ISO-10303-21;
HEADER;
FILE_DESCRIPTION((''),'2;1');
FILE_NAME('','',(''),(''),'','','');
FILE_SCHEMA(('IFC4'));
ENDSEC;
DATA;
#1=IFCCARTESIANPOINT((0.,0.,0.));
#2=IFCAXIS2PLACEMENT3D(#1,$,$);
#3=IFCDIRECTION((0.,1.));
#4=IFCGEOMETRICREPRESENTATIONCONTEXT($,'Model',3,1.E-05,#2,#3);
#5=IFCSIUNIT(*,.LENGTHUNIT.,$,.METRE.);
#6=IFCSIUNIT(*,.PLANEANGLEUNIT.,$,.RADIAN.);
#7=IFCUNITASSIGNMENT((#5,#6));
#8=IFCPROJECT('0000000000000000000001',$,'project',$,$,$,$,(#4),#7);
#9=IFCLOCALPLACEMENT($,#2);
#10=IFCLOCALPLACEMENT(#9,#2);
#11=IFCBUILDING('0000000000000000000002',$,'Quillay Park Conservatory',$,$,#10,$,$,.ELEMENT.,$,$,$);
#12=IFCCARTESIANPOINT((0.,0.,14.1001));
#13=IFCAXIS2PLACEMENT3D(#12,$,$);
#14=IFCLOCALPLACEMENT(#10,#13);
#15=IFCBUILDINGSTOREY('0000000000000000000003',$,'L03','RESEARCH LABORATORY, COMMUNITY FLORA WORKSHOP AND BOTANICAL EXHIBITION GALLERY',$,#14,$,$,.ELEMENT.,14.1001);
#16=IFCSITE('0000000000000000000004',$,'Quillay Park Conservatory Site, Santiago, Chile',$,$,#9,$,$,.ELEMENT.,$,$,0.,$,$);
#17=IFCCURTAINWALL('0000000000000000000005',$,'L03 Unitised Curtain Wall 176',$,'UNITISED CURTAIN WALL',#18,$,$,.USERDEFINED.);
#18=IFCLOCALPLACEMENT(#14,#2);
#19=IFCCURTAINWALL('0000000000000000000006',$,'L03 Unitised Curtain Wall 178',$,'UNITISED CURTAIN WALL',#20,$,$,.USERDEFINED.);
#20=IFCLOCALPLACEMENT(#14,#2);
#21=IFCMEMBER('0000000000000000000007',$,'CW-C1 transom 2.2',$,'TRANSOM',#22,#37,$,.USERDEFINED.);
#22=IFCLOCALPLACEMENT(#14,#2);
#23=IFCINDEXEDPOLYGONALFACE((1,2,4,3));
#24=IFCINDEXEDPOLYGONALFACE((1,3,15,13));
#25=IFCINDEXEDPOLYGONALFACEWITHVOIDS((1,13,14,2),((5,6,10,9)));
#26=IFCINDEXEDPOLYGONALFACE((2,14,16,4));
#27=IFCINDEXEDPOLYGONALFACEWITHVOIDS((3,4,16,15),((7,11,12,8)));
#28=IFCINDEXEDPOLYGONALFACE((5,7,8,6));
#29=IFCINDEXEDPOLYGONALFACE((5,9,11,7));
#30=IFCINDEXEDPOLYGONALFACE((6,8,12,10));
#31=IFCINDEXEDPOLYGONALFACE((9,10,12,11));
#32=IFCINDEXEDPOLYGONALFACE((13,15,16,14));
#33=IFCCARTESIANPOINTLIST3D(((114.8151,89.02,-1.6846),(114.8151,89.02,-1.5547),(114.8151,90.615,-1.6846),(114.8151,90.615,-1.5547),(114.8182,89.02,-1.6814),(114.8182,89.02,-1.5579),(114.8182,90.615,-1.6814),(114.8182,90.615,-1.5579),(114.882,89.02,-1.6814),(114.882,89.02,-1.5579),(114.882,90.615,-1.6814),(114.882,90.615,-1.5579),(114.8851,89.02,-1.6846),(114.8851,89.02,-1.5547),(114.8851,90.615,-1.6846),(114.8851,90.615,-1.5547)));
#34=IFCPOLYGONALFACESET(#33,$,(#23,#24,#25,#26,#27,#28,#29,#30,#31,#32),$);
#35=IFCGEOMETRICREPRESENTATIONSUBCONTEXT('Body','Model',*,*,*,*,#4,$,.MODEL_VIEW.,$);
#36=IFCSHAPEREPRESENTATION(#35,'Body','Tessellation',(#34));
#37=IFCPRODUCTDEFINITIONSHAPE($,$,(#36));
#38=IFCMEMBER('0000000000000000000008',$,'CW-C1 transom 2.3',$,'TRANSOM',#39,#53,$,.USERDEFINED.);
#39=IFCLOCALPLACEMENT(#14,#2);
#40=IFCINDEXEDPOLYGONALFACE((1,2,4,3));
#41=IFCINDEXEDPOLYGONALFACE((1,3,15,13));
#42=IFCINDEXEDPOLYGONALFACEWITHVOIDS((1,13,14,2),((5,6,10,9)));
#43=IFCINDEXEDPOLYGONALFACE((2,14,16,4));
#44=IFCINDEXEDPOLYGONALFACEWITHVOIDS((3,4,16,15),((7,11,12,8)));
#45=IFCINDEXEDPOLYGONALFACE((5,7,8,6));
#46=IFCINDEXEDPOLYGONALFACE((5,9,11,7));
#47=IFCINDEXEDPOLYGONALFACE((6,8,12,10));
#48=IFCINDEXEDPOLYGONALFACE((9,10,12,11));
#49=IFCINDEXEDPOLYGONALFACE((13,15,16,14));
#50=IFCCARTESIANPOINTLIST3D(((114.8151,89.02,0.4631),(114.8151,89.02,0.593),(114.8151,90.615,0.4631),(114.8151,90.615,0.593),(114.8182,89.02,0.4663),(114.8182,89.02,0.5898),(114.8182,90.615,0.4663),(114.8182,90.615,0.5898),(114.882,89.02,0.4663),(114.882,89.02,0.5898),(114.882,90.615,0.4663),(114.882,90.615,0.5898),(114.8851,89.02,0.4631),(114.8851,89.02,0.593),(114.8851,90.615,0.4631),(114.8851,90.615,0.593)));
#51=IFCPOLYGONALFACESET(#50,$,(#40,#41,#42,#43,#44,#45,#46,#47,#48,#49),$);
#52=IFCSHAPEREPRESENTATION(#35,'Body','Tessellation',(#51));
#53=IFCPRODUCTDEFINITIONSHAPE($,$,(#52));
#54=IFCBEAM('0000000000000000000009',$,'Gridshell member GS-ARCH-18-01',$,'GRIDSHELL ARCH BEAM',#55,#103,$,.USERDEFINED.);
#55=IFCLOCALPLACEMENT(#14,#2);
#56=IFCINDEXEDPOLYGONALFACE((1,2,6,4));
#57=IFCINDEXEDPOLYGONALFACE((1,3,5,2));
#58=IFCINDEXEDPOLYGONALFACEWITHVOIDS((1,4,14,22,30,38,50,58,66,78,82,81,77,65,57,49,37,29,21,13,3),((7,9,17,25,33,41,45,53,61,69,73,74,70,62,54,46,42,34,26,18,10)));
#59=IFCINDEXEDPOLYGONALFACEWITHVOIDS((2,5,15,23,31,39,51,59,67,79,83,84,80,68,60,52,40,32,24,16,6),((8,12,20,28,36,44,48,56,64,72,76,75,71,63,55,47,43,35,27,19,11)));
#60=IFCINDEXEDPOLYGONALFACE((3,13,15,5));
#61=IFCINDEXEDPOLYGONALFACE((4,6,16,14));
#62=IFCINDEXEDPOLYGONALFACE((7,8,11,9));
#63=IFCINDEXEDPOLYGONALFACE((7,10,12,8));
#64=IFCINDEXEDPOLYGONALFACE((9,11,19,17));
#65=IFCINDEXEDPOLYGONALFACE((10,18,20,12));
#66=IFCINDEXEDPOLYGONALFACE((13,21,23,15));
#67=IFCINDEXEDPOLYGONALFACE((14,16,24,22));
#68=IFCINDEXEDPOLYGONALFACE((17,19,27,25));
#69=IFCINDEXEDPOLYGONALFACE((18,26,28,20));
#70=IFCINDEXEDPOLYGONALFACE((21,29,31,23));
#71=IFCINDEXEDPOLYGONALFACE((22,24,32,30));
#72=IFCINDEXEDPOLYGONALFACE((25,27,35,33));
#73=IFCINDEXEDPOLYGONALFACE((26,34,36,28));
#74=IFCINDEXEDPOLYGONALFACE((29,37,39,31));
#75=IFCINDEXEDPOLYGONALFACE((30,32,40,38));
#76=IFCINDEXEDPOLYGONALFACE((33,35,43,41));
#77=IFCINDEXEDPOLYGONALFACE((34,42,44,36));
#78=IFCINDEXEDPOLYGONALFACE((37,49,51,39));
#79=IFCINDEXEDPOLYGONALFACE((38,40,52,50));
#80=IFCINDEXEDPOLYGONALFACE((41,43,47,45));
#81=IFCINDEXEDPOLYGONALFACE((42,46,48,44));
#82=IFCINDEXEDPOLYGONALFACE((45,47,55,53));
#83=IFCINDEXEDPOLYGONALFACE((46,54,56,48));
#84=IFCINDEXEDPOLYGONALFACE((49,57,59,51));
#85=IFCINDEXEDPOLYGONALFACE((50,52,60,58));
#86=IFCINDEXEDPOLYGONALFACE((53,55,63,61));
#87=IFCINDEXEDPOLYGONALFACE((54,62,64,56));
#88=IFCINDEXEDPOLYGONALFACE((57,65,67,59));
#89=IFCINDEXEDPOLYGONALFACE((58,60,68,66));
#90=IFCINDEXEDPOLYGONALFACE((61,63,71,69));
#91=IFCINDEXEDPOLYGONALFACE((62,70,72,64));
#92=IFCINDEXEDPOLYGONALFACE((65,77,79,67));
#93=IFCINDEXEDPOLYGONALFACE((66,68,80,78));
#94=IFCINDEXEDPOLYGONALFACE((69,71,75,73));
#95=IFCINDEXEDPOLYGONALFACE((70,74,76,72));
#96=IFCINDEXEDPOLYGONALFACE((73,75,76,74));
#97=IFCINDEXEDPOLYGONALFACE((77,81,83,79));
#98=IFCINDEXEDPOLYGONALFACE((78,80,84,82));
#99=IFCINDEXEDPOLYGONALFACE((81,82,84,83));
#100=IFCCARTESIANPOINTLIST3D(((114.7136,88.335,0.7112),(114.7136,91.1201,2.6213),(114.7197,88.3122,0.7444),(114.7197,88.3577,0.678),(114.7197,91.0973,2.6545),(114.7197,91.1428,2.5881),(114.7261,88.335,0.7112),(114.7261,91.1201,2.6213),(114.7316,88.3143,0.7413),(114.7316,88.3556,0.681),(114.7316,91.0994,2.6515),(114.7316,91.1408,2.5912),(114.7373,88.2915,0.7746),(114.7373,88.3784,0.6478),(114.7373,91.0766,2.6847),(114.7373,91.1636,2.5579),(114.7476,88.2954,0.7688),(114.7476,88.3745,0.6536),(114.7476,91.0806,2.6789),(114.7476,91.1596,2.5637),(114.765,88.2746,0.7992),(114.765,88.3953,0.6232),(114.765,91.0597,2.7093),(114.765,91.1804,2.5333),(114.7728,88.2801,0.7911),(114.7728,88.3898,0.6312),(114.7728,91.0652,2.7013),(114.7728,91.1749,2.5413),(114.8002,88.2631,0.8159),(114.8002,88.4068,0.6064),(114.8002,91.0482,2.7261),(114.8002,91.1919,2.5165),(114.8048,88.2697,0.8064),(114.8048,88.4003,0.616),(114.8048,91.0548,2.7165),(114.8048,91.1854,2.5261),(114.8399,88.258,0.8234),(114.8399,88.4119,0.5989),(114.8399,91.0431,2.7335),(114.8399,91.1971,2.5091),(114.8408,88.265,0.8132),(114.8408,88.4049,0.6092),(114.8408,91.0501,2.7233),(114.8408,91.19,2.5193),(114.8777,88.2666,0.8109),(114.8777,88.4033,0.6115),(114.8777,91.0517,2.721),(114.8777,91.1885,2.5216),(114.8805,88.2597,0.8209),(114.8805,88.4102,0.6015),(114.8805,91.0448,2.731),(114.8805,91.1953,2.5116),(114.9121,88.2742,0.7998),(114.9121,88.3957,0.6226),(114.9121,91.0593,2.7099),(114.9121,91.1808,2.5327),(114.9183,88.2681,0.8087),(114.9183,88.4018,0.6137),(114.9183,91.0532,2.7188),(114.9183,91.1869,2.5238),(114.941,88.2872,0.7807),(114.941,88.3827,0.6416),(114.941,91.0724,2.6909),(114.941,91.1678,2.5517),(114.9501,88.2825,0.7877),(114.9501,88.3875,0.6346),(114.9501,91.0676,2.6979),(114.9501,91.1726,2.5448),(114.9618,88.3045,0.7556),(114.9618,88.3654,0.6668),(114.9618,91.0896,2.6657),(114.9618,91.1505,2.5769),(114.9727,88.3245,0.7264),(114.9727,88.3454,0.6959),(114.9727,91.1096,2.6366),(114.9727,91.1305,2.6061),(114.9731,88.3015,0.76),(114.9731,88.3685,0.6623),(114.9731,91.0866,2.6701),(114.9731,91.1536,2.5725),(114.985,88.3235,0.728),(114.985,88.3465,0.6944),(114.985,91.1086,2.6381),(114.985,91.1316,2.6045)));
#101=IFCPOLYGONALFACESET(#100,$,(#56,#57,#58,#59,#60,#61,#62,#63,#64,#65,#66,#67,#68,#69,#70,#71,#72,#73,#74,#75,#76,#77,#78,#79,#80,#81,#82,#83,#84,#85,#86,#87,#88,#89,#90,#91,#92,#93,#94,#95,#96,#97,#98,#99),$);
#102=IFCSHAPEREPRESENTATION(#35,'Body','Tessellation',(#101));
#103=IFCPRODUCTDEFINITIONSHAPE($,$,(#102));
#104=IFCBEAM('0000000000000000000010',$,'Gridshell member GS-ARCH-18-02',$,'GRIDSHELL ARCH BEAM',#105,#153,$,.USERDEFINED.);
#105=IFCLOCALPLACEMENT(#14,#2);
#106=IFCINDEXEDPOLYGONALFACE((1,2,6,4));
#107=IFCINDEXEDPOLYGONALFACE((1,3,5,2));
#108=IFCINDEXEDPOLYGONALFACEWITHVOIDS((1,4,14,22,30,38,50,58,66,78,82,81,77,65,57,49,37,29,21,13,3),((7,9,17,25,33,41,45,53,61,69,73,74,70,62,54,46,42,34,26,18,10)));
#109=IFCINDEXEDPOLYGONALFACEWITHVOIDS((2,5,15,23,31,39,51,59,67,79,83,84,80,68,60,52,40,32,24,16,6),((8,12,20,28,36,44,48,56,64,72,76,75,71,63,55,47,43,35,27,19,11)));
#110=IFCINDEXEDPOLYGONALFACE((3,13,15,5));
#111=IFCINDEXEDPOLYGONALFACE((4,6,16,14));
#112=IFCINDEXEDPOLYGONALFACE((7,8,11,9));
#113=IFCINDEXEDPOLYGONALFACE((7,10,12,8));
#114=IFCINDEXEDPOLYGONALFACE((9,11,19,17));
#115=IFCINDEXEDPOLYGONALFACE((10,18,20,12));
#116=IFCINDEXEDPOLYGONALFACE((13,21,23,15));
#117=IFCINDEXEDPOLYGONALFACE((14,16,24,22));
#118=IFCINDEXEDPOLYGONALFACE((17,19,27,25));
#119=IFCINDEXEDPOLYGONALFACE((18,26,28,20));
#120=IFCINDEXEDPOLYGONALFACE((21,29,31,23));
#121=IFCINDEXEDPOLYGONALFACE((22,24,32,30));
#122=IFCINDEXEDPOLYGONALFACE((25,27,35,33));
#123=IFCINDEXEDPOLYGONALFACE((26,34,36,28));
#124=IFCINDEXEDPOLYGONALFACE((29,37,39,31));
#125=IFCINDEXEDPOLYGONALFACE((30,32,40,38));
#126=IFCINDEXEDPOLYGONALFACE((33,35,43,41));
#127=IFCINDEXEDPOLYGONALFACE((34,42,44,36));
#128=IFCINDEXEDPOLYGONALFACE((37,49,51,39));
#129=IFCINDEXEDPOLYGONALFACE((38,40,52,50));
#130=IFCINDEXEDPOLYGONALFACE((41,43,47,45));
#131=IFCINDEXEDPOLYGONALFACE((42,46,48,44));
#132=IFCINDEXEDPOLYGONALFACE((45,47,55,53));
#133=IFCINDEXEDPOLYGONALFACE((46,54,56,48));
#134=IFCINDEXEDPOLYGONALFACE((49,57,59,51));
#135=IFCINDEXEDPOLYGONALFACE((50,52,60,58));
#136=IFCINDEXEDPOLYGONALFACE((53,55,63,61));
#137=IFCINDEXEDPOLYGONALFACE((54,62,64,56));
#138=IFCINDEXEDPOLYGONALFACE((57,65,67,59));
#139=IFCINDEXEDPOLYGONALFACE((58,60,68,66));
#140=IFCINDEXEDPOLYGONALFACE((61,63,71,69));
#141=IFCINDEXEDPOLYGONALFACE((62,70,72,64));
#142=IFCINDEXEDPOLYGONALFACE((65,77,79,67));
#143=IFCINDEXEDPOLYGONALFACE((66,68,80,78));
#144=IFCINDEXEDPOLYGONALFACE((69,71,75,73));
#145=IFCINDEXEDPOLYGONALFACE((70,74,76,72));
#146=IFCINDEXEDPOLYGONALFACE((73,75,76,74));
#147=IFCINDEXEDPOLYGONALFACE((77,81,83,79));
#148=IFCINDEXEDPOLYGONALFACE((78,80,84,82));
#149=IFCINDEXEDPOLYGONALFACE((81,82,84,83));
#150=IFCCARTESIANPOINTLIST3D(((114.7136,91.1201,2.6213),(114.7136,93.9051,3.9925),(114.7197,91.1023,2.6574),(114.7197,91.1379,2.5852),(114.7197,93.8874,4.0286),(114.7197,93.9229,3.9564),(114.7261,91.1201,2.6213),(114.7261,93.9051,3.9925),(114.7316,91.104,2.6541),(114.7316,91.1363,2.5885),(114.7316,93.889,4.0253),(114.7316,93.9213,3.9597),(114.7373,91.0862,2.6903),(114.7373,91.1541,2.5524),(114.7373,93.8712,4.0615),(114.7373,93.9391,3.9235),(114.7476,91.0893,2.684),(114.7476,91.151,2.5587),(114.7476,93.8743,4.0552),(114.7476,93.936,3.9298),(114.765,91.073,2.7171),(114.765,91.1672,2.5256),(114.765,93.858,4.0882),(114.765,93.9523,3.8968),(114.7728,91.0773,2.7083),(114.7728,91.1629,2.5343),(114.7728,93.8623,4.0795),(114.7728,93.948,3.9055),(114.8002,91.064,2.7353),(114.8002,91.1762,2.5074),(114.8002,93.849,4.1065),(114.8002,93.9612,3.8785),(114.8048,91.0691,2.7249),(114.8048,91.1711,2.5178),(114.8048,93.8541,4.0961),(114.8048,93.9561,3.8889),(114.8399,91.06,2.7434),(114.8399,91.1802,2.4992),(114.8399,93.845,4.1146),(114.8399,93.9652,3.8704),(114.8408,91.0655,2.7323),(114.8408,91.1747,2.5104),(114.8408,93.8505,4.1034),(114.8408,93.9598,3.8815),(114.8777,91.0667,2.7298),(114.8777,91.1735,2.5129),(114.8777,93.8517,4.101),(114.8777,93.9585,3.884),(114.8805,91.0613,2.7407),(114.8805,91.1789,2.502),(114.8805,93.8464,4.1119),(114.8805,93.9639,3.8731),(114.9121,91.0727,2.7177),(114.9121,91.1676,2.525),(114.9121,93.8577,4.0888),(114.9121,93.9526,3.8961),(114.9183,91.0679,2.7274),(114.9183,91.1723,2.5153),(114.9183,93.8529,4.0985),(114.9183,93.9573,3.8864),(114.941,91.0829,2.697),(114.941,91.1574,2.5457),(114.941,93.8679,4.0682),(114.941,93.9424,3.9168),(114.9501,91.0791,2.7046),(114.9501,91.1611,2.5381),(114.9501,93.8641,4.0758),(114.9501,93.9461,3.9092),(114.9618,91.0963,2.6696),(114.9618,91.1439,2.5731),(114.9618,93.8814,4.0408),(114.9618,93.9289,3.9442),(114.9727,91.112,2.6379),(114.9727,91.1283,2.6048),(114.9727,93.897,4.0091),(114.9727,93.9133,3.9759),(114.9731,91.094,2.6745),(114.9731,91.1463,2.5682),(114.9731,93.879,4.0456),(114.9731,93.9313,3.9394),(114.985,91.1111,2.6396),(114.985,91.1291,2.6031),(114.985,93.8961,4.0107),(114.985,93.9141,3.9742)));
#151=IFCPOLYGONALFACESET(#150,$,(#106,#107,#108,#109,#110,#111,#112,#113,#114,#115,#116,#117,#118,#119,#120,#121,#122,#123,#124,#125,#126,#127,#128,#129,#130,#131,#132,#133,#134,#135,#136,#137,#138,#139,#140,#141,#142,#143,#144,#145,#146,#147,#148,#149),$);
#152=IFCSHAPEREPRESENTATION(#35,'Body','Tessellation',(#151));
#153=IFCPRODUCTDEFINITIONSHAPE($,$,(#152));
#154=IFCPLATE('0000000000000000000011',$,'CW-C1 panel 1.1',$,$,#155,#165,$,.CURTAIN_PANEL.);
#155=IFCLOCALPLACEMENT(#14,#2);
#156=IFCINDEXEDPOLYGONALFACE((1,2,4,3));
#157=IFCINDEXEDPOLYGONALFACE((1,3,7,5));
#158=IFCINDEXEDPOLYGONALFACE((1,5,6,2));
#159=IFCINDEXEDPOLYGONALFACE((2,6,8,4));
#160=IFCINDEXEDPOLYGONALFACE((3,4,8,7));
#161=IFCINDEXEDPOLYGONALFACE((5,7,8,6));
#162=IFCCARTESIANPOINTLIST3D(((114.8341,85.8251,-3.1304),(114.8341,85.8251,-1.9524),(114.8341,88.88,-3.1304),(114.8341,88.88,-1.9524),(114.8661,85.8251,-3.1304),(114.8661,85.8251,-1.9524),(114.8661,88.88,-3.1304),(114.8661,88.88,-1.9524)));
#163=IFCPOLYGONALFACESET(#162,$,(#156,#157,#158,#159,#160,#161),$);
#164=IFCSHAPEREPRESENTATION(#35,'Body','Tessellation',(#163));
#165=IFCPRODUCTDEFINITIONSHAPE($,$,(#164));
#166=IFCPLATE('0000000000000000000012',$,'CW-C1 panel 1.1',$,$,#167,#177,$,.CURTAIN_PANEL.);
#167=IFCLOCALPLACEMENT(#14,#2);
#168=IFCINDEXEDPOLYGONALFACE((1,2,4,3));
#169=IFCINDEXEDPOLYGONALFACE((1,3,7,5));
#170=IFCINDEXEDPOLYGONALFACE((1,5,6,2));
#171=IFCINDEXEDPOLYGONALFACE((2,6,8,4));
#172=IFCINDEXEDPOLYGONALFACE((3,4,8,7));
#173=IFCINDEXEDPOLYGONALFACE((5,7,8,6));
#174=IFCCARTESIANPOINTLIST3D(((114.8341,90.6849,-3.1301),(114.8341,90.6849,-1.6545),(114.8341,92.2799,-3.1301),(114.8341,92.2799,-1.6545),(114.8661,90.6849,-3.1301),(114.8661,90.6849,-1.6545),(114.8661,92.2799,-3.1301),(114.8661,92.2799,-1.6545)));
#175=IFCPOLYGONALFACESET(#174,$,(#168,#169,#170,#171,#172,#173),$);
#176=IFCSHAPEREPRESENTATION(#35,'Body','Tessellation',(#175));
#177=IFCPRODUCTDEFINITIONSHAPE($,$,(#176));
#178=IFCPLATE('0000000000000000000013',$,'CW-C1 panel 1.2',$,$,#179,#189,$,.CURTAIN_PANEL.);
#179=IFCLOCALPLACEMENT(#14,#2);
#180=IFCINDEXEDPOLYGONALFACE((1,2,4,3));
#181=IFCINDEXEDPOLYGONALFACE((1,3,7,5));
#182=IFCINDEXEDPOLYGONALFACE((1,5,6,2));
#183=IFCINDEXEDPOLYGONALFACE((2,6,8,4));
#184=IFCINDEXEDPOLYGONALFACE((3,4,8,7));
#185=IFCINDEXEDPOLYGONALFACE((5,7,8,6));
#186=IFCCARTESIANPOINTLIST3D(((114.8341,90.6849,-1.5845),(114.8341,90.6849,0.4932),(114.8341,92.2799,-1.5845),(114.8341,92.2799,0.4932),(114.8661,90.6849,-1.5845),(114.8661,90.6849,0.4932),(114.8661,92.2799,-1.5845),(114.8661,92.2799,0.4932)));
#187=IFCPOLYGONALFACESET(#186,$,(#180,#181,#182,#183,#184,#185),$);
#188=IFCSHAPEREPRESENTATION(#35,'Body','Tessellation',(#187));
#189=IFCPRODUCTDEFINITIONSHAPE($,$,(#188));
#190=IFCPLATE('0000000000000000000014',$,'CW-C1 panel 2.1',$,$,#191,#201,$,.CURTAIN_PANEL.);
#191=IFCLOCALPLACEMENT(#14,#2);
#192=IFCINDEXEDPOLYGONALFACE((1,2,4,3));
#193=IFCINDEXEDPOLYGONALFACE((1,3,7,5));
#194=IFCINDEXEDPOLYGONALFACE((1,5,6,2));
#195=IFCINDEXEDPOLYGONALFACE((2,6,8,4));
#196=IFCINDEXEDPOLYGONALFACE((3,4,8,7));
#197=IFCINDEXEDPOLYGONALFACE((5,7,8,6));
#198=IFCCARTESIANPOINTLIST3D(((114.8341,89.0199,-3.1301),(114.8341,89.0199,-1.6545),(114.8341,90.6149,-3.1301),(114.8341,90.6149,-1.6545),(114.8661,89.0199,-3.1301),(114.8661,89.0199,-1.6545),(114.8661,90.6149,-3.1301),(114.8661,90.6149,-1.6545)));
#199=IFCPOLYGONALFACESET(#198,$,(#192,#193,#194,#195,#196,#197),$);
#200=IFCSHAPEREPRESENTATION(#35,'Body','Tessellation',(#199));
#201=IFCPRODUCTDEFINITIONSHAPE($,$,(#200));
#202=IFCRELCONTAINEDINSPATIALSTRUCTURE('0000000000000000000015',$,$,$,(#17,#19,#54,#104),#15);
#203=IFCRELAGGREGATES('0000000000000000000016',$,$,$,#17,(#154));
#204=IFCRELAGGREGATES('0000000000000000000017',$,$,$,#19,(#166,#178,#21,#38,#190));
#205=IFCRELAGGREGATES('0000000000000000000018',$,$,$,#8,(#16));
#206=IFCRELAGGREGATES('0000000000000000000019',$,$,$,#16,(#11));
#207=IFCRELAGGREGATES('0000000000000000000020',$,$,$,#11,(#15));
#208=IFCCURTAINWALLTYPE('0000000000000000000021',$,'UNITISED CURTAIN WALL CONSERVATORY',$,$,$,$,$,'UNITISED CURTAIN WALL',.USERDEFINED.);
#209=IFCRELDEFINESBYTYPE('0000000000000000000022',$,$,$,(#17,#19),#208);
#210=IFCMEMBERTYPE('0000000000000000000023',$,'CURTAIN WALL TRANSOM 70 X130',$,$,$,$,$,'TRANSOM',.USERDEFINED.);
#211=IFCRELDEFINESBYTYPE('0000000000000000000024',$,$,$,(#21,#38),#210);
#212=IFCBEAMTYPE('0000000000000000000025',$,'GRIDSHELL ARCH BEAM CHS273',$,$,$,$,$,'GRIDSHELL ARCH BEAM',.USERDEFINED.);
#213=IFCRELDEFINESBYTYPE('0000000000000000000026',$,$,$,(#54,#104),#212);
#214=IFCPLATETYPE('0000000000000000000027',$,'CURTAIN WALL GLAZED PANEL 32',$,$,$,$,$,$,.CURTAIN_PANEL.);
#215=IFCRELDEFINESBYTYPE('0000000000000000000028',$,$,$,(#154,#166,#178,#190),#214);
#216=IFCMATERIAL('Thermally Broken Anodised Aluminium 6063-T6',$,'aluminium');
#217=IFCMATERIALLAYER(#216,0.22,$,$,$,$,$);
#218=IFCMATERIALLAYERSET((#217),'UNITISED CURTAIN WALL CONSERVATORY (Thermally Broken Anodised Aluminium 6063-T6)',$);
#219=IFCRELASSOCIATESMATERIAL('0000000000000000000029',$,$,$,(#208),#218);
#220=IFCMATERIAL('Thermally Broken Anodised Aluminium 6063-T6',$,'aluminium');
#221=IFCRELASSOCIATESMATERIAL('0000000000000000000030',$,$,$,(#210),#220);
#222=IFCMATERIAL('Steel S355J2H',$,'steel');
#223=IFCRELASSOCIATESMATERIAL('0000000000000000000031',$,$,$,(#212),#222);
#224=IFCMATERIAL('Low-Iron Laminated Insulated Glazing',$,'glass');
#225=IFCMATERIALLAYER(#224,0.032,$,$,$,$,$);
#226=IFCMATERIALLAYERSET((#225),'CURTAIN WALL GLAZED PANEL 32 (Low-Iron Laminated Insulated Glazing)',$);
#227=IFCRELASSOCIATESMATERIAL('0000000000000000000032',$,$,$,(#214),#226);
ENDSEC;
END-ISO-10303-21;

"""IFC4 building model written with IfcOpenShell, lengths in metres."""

from ifc_helpers import new_model, si_unit, direction, frame, origin, origin_2d, place, context, subcontext, project, spatial, rectangle, hollow_rectangle, hollow_circle, extrude, material, layer, layer_set, material_profile, profile_set, type_object, element, aggregate, save


model = new_model("IFC4")

# Units and contexts
model_context = context("Model", 3, precision=1e-05, world=origin(), true_north=direction((0.0, 1.0)))
body_context = subcontext(model_context, "Body", "Model", "MODEL_VIEW")
ifc_project = project(units=[si_unit("LENGTHUNIT", "METRE"), si_unit("PLANEANGLEUNIT", "RADIAN")], contexts=[model_context])

# Site, building, storey
site_placement = place(None, origin())
site = spatial("IfcSite", under=ifc_project, at=site_placement, Name="Quillay Park Conservatory Site, Santiago, Chile", CompositionType="ELEMENT", RefElevation=0.0)
building_placement = place(site_placement, origin())
building = spatial("IfcBuilding", under=site, at=building_placement, Name="Quillay Park Conservatory", CompositionType="ELEMENT")
storey_placement = place(building_placement, frame((0.0, 0.0, 14.1001)))
storey = spatial("IfcBuildingStorey", under=building, at=storey_placement, Name="L03", Description="RESEARCH LABORATORY, COMMUNITY FLORA WORKSHOP AND BOTANICAL EXHIBITION GALLERY", CompositionType="ELEMENT", Elevation=14.1001)

# Curtain walls
ifc_material_1 = material(Name="Thermally Broken Anodised Aluminium 6063-T6", Category="aluminium")
ifc_layer_1 = layer(ifc_material_1, 0.22)
ifc_layer_set_1 = layer_set([ifc_layer_1], Name="UNITISED CURTAIN WALL CONSERVATORY (Thermally Broken Anodised Aluminium 6063-T6)")
curtain_wall_type = type_object("IfcCurtainWallType", Name="UNITISED CURTAIN WALL CONSERVATORY", ElementType="UNITISED CURTAIN WALL", PredefinedType="USERDEFINED", material=ifc_layer_set_1)
curtain_wall_1_placement = place(storey_placement, origin())
curtain_wall_1 = element("IfcCurtainWall", 1, at=curtain_wall_1_placement, inside=storey, type_object=curtain_wall_type, Name="L03 Unitised Curtain Wall 176", ObjectType="UNITISED CURTAIN WALL", PredefinedType="USERDEFINED")
curtain_wall_2_placement = place(storey_placement, origin())
curtain_wall_2 = element("IfcCurtainWall", 2, at=curtain_wall_2_placement, inside=storey, type_object=curtain_wall_type, Name="L03 Unitised Curtain Wall 178", ObjectType="UNITISED CURTAIN WALL", PredefinedType="USERDEFINED")

# Members
ifc_material_2 = material(Name="Thermally Broken Anodised Aluminium 6063-T6", Category="aluminium")
ifc_material_profile_1 = material_profile(ifc_material_2, hollow_rectangle(XDim=0.0701, YDim=0.1299, WallThickness=0.0032, at=origin_2d()), Name="AL70x130x3.2")
ifc_profile_set_1 = profile_set([ifc_material_profile_1], Name="Thermally Broken Anodised Aluminium 6063-T6")
member_type_1 = type_object("IfcMemberType", Name="CURTAIN WALL TRANSOM 70 X130", ElementType="TRANSOM", PredefinedType="USERDEFINED", material=ifc_profile_set_1)
member_1_placement = place(storey_placement, frame((114.8501, 90.615, -1.6196), z_axis=(0.0, -1.0, 0.0), x_axis=(1.0, 0.0, 0.0)))
member_1 = element("IfcMember", 3, at=member_1_placement, type_object=member_type_1, Name="CW-C1 transom 2.2", ObjectType="TRANSOM", PredefinedType="USERDEFINED", context=body_context, shape_type="SweptSolid", body=[
    extrude(hollow_rectangle(XDim=0.0701, YDim=0.1299, WallThickness=0.0032, at=origin_2d()), origin(), (0.0, 0.0, 1.0), 1.595),
])
member_2_placement = place(storey_placement, frame((114.8501, 90.615, 0.5281), z_axis=(0.0, -1.0, 0.0), x_axis=(1.0, 0.0, 0.0)))
member_2 = element("IfcMember", 4, at=member_2_placement, type_object=member_type_1, Name="CW-C1 transom 2.3", ObjectType="TRANSOM", PredefinedType="USERDEFINED", context=body_context, shape_type="SweptSolid", body=[
    extrude(hollow_rectangle(XDim=0.0701, YDim=0.1299, WallThickness=0.0032, at=origin_2d()), origin(), (0.0, 0.0, 1.0), 1.595),
])

# Beams
ifc_material_3 = material(Name="Steel S355J2H", Category="steel")
ifc_material_profile_2 = material_profile(ifc_material_3, hollow_circle(Radius=0.1365, WallThickness=0.0125, at=origin_2d()), Name="CHS273x12.5")
ifc_profile_set_2 = profile_set([ifc_material_profile_2], Name="Steel S355J2H")
beam_type = type_object("IfcBeamType", Name="GRIDSHELL ARCH BEAM CHS273", ElementType="GRIDSHELL ARCH BEAM", PredefinedType="USERDEFINED", material=ifc_profile_set_2)
beam_1_placement = place(storey_placement, frame((114.8501, 88.335, 0.7112), z_axis=(0.0, 0.824683, 0.565596), x_axis=(-1.0, 0.0, 0.0)))
element("IfcBeam", 5, at=beam_1_placement, inside=storey, type_object=beam_type, Name="Gridshell member GS-ARCH-18-01", ObjectType="GRIDSHELL ARCH BEAM", PredefinedType="USERDEFINED", context=body_context, shape_type="SweptSolid", body=[
    extrude(hollow_circle(Radius=0.1365, WallThickness=0.0125, at=origin_2d()), origin(), (0.0, 0.0, 1.0), 3.3772),
])
beam_2_placement = place(storey_placement, frame((114.8501, 91.1201, 2.6213), z_axis=(0.0, 0.897163, 0.4417), x_axis=(-1.0, 0.0, 0.0)))
element("IfcBeam", 6, at=beam_2_placement, inside=storey, type_object=beam_type, Name="Gridshell member GS-ARCH-18-02", ObjectType="GRIDSHELL ARCH BEAM", PredefinedType="USERDEFINED", context=body_context, shape_type="SweptSolid", body=[
    extrude(hollow_circle(Radius=0.1365, WallThickness=0.0125, at=origin_2d()), origin(), (0.0, 0.0, 1.0), 3.1042),
])

# Plates
ifc_material_4 = material(Name="Low-Iron Laminated Insulated Glazing", Category="glass")
ifc_layer_2 = layer(ifc_material_4, 0.032)
ifc_layer_set_2 = layer_set([ifc_layer_2], Name="CURTAIN WALL GLAZED PANEL 32 (Low-Iron Laminated Insulated Glazing)")
plate_type = type_object("IfcPlateType", Name="CURTAIN WALL GLAZED PANEL 32", PredefinedType="CURTAIN_PANEL", material=ifc_layer_set_2)
plate_1_placement = place(storey_placement, frame((114.8501, 87.3525, -3.1304), z_axis=(0.0, 0.0, 1.0), x_axis=(0.0, -1.0, 0.0)))
plate_1 = element("IfcPlate", 7, at=plate_1_placement, type_object=plate_type, Name="CW-C1 panel 1.1", PredefinedType="CURTAIN_PANEL", context=body_context, shape_type="SweptSolid", body=[
    extrude(rectangle(XDim=3.0549, YDim=0.032, at=origin_2d()), origin(), (0.0, 0.0, 1.0), 1.178),
])
aggregate(curtain_wall_1, [plate_1])
plate_2_placement = place(storey_placement, frame((114.8501, 91.4824, -3.1301), z_axis=(0.0, 0.0, 1.0), x_axis=(0.0, -1.0, 0.0)))
plate_2 = element("IfcPlate", 8, at=plate_2_placement, type_object=plate_type, Name="CW-C1 panel 1.1", PredefinedType="CURTAIN_PANEL", context=body_context, shape_type="SweptSolid", body=[
    extrude(rectangle(XDim=1.595, YDim=0.032, at=origin_2d()), origin(), (0.0, 0.0, 1.0), 1.4756),
])
plate_3_placement = place(storey_placement, frame((114.8501, 91.4824, -1.5845), z_axis=(0.0, 0.0, 1.0), x_axis=(0.0, -1.0, 0.0)))
plate_3 = element("IfcPlate", 9, at=plate_3_placement, type_object=plate_type, Name="CW-C1 panel 1.2", PredefinedType="CURTAIN_PANEL", context=body_context, shape_type="SweptSolid", body=[
    extrude(rectangle(XDim=1.595, YDim=0.032, at=origin_2d()), origin(), (0.0, 0.0, 1.0), 2.0776),
])
plate_4_placement = place(storey_placement, frame((114.8501, 89.8174, -3.1301), z_axis=(0.0, 0.0, 1.0), x_axis=(0.0, -1.0, 0.0)))
plate_4 = element("IfcPlate", 10, at=plate_4_placement, type_object=plate_type, Name="CW-C1 panel 2.1", PredefinedType="CURTAIN_PANEL", context=body_context, shape_type="SweptSolid", body=[
    extrude(rectangle(XDim=1.595, YDim=0.032, at=origin_2d()), origin(), (0.0, 0.0, 1.0), 1.4756),
])
aggregate(curtain_wall_2, [plate_2, plate_3, member_1, member_2, plate_4])

save(model, "model.ifc")
